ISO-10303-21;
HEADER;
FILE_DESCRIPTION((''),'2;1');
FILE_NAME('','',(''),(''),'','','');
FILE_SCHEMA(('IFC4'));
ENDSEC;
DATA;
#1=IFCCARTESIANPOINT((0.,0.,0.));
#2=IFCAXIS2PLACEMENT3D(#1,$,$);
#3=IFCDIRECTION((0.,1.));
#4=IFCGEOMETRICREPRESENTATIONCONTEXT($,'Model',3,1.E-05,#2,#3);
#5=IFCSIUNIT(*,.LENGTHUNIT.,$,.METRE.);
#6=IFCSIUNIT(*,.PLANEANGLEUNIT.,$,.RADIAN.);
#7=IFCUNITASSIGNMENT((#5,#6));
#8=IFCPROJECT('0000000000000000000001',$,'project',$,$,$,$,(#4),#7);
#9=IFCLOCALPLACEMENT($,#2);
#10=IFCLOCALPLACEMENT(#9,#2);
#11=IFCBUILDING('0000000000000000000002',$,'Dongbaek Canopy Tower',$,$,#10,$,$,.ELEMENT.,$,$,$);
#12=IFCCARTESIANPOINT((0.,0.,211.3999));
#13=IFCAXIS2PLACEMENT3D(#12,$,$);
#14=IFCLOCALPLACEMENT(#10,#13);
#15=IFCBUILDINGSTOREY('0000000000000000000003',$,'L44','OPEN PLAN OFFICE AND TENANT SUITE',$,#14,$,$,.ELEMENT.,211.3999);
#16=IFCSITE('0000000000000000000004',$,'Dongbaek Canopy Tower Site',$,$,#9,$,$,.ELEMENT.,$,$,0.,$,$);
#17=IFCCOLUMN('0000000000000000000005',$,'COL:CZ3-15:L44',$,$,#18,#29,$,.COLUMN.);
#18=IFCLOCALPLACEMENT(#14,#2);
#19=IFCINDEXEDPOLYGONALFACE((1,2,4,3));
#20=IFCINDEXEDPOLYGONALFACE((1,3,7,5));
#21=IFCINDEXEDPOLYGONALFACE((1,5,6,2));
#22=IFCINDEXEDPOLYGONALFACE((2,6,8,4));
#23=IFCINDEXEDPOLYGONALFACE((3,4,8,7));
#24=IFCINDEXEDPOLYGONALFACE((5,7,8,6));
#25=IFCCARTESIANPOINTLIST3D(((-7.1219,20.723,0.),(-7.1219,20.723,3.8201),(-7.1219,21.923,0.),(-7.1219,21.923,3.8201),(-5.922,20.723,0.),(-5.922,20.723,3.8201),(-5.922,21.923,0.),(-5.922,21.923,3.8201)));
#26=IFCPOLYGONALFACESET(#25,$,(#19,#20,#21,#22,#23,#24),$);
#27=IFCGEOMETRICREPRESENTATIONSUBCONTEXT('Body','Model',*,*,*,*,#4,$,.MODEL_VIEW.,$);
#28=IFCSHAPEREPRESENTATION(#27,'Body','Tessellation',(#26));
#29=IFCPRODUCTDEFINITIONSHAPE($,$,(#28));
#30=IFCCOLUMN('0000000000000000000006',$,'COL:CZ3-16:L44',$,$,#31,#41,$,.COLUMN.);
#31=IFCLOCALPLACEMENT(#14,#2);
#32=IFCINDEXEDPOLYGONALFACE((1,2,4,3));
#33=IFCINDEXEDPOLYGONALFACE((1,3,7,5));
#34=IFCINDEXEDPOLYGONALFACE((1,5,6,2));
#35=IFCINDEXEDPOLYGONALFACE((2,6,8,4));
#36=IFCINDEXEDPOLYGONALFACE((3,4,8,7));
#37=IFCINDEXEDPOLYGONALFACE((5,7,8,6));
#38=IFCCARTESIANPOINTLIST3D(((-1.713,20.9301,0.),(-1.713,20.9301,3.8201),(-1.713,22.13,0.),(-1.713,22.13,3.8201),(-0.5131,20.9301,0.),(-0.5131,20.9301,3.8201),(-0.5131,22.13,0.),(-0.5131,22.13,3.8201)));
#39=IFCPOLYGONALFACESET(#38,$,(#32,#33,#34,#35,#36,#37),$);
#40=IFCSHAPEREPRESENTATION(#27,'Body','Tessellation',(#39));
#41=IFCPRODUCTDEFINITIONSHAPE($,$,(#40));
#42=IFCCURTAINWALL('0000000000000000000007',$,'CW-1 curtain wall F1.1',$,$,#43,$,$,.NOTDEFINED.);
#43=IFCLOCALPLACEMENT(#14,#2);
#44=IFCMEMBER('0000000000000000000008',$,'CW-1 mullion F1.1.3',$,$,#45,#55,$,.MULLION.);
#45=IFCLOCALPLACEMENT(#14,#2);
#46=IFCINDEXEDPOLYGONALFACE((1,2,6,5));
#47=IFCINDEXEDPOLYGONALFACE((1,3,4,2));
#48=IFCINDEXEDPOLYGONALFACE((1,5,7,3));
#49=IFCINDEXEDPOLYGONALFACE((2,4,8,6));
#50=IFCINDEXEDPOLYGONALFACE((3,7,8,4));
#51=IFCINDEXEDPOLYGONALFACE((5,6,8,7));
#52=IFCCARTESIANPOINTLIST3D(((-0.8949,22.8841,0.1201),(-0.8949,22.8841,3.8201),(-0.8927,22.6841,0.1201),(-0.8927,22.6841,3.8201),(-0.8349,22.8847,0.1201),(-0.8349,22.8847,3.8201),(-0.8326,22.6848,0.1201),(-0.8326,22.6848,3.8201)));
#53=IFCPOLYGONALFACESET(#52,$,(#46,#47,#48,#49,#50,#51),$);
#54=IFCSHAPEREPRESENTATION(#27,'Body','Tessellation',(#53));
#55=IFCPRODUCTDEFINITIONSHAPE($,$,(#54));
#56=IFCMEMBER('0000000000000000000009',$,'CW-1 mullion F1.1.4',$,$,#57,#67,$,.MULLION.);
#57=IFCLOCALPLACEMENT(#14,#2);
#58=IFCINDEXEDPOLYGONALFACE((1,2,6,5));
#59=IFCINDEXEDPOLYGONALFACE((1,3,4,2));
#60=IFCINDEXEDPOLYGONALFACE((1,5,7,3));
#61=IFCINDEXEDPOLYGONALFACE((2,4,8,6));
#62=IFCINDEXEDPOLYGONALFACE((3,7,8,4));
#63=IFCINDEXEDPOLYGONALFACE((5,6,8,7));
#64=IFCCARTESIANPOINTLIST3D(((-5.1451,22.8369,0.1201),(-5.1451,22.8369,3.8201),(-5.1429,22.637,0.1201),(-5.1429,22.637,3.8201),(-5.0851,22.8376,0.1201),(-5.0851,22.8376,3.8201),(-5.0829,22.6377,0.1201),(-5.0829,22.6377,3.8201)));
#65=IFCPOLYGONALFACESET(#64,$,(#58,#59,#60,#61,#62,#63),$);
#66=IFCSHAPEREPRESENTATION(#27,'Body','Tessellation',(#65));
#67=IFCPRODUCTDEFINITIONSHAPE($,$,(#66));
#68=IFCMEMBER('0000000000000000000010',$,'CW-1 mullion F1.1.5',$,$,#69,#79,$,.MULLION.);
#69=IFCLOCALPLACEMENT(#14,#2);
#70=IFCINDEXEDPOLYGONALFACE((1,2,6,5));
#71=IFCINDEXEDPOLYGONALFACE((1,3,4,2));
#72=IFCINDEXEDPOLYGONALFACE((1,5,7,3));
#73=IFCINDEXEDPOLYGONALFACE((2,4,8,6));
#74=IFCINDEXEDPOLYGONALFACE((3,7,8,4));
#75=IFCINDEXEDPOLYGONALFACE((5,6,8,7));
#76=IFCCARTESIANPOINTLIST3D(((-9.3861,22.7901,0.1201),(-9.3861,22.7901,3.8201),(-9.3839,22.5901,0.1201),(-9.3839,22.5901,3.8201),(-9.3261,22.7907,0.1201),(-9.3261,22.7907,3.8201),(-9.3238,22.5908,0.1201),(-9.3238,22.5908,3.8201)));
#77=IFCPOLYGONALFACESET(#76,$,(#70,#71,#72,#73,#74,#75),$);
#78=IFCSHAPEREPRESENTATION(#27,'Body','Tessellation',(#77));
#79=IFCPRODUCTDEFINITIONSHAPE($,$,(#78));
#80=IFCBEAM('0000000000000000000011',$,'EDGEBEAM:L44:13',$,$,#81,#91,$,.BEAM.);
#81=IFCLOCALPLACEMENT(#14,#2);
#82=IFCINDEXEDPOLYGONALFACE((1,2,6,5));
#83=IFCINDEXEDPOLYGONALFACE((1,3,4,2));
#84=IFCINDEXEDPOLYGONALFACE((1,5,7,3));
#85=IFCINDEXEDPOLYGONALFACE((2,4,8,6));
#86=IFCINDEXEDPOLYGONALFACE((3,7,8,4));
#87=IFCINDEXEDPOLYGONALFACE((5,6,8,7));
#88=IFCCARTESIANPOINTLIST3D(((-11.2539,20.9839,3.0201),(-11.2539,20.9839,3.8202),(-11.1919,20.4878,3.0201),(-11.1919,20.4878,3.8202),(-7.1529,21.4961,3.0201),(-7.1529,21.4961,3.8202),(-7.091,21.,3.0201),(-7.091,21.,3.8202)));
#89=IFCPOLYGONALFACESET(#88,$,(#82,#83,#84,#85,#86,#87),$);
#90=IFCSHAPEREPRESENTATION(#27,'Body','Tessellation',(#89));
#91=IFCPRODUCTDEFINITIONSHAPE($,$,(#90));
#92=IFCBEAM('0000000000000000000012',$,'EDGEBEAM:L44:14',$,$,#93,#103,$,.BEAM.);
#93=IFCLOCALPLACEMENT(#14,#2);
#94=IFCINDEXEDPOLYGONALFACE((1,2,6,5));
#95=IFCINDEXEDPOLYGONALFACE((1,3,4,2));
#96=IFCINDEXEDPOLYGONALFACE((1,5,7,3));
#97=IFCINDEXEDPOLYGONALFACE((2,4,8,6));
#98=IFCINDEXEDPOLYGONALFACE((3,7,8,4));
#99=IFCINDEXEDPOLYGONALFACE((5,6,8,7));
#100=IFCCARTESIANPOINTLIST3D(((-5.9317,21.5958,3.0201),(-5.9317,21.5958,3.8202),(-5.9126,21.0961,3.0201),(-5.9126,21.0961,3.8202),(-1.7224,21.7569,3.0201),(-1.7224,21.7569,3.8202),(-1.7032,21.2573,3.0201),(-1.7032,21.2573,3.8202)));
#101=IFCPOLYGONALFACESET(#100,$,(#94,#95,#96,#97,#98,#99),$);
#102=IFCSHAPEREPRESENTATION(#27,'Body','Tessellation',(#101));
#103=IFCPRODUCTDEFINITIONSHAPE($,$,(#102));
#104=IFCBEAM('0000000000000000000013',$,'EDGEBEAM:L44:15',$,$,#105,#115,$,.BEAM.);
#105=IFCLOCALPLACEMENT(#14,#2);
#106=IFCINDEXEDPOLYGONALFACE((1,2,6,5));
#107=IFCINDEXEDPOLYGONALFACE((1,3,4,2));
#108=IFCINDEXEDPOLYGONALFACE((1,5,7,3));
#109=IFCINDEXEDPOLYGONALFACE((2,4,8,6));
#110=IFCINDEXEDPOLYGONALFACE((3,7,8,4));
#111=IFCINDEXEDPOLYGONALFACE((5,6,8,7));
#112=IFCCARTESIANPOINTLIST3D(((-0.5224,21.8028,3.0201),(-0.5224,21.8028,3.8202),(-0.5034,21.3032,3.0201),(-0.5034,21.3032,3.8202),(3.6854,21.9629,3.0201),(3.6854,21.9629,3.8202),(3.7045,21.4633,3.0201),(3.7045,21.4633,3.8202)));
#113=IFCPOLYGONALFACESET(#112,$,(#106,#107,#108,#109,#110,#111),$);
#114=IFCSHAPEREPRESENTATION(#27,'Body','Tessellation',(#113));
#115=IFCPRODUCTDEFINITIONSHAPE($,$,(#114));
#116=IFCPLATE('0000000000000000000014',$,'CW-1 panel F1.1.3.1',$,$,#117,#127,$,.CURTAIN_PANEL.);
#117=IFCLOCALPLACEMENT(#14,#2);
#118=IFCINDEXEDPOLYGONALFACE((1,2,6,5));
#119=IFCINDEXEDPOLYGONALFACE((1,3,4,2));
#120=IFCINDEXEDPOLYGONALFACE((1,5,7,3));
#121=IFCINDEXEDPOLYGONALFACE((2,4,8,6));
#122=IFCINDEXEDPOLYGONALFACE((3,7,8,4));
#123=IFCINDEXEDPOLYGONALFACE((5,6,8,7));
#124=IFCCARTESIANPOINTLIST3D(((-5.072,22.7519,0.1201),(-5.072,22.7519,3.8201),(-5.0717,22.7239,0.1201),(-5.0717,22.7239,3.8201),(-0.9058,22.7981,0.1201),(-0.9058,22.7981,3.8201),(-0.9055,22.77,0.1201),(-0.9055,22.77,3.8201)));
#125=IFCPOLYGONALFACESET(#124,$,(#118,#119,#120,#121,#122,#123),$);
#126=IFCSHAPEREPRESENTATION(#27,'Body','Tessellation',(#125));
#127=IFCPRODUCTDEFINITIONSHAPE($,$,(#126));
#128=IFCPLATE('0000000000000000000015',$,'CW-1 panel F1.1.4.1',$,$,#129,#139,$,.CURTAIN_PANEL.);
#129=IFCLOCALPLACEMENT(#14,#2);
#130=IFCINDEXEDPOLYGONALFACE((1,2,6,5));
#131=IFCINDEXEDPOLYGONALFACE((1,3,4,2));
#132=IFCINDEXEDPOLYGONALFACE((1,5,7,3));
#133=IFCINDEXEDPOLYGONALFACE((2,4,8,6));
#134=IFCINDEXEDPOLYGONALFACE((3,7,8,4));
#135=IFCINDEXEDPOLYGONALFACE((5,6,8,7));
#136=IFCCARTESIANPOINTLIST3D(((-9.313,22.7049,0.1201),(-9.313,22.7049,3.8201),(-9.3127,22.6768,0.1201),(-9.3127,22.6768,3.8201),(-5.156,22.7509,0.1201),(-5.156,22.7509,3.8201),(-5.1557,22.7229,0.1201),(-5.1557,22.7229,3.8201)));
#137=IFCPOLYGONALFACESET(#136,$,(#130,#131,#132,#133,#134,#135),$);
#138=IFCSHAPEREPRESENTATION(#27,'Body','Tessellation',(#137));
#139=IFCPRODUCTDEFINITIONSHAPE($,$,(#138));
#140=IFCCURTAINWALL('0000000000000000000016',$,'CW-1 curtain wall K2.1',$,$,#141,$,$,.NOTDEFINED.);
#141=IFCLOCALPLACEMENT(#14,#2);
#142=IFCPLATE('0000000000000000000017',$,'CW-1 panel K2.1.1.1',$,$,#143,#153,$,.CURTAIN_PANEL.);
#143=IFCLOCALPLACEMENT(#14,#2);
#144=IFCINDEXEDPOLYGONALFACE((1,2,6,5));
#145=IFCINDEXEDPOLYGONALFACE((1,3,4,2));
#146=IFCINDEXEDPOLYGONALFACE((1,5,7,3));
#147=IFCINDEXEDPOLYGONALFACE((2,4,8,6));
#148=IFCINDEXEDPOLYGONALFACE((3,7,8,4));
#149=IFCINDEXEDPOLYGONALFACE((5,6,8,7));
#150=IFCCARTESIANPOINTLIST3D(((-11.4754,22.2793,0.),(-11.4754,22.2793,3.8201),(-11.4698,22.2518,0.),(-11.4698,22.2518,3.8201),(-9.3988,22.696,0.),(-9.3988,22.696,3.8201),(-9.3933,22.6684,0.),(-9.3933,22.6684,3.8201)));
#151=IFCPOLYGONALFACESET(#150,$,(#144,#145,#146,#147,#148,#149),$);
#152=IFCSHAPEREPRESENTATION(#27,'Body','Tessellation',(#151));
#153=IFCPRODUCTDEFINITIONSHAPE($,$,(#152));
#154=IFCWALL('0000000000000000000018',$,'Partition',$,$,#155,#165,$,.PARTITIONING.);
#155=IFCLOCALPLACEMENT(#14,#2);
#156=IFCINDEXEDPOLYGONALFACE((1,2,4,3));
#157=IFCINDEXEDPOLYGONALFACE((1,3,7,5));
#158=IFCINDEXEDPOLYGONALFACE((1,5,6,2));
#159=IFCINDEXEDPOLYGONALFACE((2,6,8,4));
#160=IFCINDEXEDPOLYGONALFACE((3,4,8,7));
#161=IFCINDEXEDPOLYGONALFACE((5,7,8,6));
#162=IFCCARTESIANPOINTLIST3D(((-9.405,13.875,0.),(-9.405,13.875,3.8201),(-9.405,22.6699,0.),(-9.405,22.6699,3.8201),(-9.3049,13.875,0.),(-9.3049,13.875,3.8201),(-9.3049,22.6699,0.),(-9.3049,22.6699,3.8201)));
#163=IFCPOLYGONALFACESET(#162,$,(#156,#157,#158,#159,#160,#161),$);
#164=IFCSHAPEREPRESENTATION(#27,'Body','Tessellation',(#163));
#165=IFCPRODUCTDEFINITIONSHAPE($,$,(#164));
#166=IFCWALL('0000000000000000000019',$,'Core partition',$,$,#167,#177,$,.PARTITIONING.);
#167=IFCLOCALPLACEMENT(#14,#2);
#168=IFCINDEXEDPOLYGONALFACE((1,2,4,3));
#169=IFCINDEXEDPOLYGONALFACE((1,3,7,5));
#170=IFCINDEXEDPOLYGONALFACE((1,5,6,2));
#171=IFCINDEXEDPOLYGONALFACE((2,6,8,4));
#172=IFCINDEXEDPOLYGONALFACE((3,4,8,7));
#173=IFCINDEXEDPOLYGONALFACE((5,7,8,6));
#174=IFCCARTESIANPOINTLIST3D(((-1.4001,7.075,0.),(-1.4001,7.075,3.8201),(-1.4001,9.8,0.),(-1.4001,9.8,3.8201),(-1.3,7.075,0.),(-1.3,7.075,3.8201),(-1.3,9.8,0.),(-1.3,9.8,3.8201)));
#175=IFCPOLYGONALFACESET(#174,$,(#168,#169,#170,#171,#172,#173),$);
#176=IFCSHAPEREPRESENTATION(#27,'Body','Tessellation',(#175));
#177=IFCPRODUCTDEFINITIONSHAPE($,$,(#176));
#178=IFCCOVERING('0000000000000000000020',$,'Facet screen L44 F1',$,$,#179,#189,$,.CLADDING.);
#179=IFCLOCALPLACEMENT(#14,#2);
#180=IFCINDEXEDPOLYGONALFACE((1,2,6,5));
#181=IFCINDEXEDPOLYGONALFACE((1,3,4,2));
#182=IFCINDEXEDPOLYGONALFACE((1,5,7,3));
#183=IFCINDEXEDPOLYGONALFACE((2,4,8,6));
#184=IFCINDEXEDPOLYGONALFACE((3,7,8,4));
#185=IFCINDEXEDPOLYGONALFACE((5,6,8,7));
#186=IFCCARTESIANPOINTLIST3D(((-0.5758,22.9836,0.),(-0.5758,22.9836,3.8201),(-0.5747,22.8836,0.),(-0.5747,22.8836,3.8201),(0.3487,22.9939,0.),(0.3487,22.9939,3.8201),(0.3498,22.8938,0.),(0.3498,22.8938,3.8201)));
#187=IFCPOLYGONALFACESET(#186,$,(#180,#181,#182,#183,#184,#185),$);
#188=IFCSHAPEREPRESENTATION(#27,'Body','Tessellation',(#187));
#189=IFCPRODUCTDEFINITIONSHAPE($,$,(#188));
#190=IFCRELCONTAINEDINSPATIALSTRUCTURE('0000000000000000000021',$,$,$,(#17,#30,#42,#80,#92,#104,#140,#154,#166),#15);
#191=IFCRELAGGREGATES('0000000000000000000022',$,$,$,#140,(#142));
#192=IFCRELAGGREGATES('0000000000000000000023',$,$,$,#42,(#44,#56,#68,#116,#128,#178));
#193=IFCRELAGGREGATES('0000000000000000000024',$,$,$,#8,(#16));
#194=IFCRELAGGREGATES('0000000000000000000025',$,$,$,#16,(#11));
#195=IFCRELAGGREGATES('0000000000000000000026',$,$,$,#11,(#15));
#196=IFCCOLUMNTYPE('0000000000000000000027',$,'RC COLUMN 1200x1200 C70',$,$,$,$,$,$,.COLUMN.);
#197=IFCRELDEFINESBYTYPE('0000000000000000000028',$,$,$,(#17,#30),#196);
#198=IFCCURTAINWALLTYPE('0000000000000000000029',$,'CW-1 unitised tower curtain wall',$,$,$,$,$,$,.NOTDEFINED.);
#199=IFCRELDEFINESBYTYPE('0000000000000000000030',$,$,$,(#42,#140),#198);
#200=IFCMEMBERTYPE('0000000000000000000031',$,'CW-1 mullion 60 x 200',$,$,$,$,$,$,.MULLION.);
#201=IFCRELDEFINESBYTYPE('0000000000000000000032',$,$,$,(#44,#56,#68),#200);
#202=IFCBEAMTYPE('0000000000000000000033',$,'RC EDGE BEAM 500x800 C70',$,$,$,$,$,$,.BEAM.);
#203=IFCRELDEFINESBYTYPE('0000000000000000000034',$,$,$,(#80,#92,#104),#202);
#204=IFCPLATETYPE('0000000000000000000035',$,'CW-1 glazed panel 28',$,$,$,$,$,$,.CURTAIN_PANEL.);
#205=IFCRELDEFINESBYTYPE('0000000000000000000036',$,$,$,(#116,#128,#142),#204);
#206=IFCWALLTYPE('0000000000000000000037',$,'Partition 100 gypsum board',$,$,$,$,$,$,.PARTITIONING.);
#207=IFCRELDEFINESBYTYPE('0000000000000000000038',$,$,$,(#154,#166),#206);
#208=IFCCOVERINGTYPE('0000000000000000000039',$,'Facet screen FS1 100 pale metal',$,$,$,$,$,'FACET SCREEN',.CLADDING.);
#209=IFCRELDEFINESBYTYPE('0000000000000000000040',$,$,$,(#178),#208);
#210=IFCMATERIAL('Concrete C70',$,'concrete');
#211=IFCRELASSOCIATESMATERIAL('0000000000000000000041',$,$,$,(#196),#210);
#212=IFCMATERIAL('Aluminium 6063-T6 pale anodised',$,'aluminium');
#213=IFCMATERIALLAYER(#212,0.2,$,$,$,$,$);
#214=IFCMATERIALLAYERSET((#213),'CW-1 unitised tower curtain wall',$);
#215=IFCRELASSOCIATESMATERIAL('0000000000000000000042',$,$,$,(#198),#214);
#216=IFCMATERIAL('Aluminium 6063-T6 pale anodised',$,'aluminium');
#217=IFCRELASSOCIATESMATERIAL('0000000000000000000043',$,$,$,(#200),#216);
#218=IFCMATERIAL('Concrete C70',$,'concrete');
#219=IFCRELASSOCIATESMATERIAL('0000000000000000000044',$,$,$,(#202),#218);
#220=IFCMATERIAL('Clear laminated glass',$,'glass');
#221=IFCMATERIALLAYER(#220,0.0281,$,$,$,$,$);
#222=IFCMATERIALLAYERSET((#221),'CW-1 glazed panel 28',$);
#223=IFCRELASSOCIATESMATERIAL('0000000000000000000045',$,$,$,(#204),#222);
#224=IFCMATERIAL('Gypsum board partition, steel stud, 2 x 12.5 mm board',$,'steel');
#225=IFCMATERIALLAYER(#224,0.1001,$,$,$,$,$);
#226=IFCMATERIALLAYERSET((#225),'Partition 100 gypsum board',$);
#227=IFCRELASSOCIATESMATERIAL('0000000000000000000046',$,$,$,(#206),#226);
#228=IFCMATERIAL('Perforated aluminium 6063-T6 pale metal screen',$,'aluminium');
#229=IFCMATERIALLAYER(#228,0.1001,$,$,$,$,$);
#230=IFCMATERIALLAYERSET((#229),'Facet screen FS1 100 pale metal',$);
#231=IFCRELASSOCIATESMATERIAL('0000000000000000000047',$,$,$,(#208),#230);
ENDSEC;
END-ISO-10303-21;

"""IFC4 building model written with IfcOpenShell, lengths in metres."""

from ifc_helpers import new_model, si_unit, direction, frame, frame_2d, origin, origin_2d, place, context, subcontext, project, spatial, rectangle, extrude, material, layer, layer_set, material_profile, profile_set, type_object, element, aggregate, save


model = new_model("IFC4")

# Units and contexts
model_context = context("Model", 3, precision=1e-05, world=origin(), true_north=direction((0.0, 1.0)))
body_context = subcontext(model_context, "Body", "Model", "MODEL_VIEW")
ifc_project = project(units=[si_unit("LENGTHUNIT", "METRE"), si_unit("PLANEANGLEUNIT", "RADIAN")], contexts=[model_context])

# Site, building, storey
site_placement = place(None, origin())
site = spatial("IfcSite", under=ifc_project, at=site_placement, Name="Dongbaek Canopy Tower Site", CompositionType="ELEMENT", RefElevation=0.0)
building_placement = place(site_placement, origin())
building = spatial("IfcBuilding", under=site, at=building_placement, Name="Dongbaek Canopy Tower", CompositionType="ELEMENT")
storey_placement = place(building_placement, frame((0.0, 0.0, 211.3999)))
storey = spatial("IfcBuildingStorey", under=building, at=storey_placement, Name="L44", Description="OPEN PLAN OFFICE AND TENANT SUITE", CompositionType="ELEMENT", Elevation=211.3999)

# Columns
ifc_material_1 = material(Name="Concrete C70", Category="concrete")
ifc_material_profile_1 = material_profile(ifc_material_1, rectangle(XDim=1.2, YDim=1.2, at=origin_2d()), Name="RC COLUMN 1200x1200 C70")
ifc_profile_set_1 = profile_set([ifc_material_profile_1], Name="Concrete C70")
column_type = type_object("IfcColumnType", Name="RC COLUMN 1200x1200 C70", PredefinedType="COLUMN", material=ifc_profile_set_1)
for number, where, z_axis, x_axis, name in (
    (1, (-6.522, 21.323, 0.0), (0.0, 0.0, 1.0), (1.0, 0.0, 0.0), "COL:CZ3-15:L44"),
    (2, (-1.113, 21.53, 0.0), (0.0, 0.0, 1.0), (1.0, 0.0, 0.0), "COL:CZ3-16:L44"),
):
    element("IfcColumn", number, at=place(storey_placement, frame(where, z_axis=z_axis, x_axis=x_axis)), inside=storey, type_object=column_type, Name=name, PredefinedType="COLUMN", context=body_context, shape_type="SweptSolid", body=[
        extrude(rectangle(XDim=1.2, YDim=1.2, at=origin_2d()), origin(), (0.0, 0.0, 1.0), 3.8201),
    ])

# Curtain wall, members
ifc_material_2 = material(Name="Aluminium 6063-T6 pale anodised", Category="aluminium")
ifc_layer_1 = layer(ifc_material_2, 0.2)
ifc_layer_set_1 = layer_set([ifc_layer_1], Name="CW-1 unitised tower curtain wall")
curtain_wall_type = type_object("IfcCurtainWallType", Name="CW-1 unitised tower curtain wall", PredefinedType="NOTDEFINED", material=ifc_layer_set_1)
curtain_wall_1_placement = place(storey_placement, origin())
curtain_wall_1 = element("IfcCurtainWall", 3, at=curtain_wall_1_placement, inside=storey, type_object=curtain_wall_type, Name="CW-1 curtain wall F1.1", PredefinedType="NOTDEFINED")
ifc_material_3 = material(Name="Aluminium 6063-T6 pale anodised", Category="aluminium")
ifc_material_profile_2 = material_profile(ifc_material_3, rectangle(XDim=0.2, YDim=0.0601, at=origin_2d()), Name="CW-1 mullion 60 x 200")
ifc_profile_set_2 = profile_set([ifc_material_profile_2], Name="Aluminium 6063-T6 pale anodised")
member_type = type_object("IfcMemberType", Name="CW-1 mullion 60 x 200", PredefinedType="MULLION", material=ifc_profile_set_2)
member_1_placement = place(storey_placement, frame((-0.8638, 22.7844, 0.1201), z_axis=(0.0, 0.0, 1.0), x_axis=(-0.011085, 0.999939, 0.0)))
member_1 = element("IfcMember", 4, at=member_1_placement, type_object=member_type, Name="CW-1 mullion F1.1.3", PredefinedType="MULLION", context=body_context, shape_type="SweptSolid", body=[
    extrude(rectangle(XDim=0.2, YDim=0.0601, at=origin_2d()), origin(), (0.0, 0.0, 1.0), 3.7),
])
member_2_placement = place(storey_placement, frame((-5.114, 22.7373, 0.1201), z_axis=(0.0, 0.0, 1.0), x_axis=(-0.011085, 0.999939, 0.0)))
member_2 = element("IfcMember", 5, at=member_2_placement, type_object=member_type, Name="CW-1 mullion F1.1.4", PredefinedType="MULLION", context=body_context, shape_type="SweptSolid", body=[
    extrude(rectangle(XDim=0.2, YDim=0.0601, at=origin_2d()), origin(), (0.0, 0.0, 1.0), 3.7),
])
member_3_placement = place(storey_placement, frame((-9.355, 22.6904, 0.1201), z_axis=(0.0, 0.0, 1.0), x_axis=(-0.011085, 0.999939, 0.0)))
member_3 = element("IfcMember", 6, at=member_3_placement, type_object=member_type, Name="CW-1 mullion F1.1.5", PredefinedType="MULLION", context=body_context, shape_type="SweptSolid", body=[
    extrude(rectangle(XDim=0.2, YDim=0.0601, at=origin_2d()), origin(), (0.0, 0.0, 1.0), 3.7),
])

# Beams
ifc_material_4 = material(Name="Concrete C70", Category="concrete")
ifc_material_profile_3 = material_profile(ifc_material_4, rectangle(XDim=0.5, YDim=0.8, at=origin_2d()), Name="RC EDGE BEAM 500x800 C70")
ifc_profile_set_3 = profile_set([ifc_material_profile_3], Name="Concrete C70")
beam_type = type_object("IfcBeamType", Name="RC EDGE BEAM 500x800 C70", PredefinedType="BEAM", material=ifc_profile_set_3)
beam_1_placement = place(storey_placement, frame((-11.2229, 20.7358, 3.4202), z_axis=(0.99229, 0.12394, 0.0), x_axis=(-0.12394, 0.99229, 0.0)))
element("IfcBeam", 7, at=beam_1_placement, inside=storey, type_object=beam_type, Name="EDGEBEAM:L44:13", PredefinedType="BEAM", context=body_context, shape_type="SweptSolid", body=[
    extrude(rectangle(XDim=0.5, YDim=0.8, at=origin_2d()), origin(), (0.0, 0.0, 1.0), 4.1328),
])
beam_2_placement = place(storey_placement, frame((-5.9221, 21.3459, 3.4202), z_axis=(0.999268, 0.038253, 0.0), x_axis=(-0.038253, 0.999268, 0.0)))
element("IfcBeam", 8, at=beam_2_placement, inside=storey, type_object=beam_type, Name="EDGEBEAM:L44:14", PredefinedType="BEAM", context=body_context, shape_type="SweptSolid", body=[
    extrude(rectangle(XDim=0.5, YDim=0.8, at=origin_2d()), origin(), (0.0, 0.0, 1.0), 4.2124),
])
beam_3_placement = place(storey_placement, frame((-0.5129, 21.553, 3.4202), z_axis=(0.999277, 0.038032, 0.0), x_axis=(-0.038032, 0.999277, 0.0)))
element("IfcBeam", 9, at=beam_3_placement, inside=storey, type_object=beam_type, Name="EDGEBEAM:L44:15", PredefinedType="BEAM", context=body_context, shape_type="SweptSolid", body=[
    extrude(rectangle(XDim=0.5, YDim=0.8, at=origin_2d()), origin(), (0.0, 0.0, 1.0), 4.2109),
])

# Plates
ifc_material_5 = material(Name="Clear laminated glass", Category="glass")
ifc_layer_2 = layer(ifc_material_5, 0.0281)
ifc_layer_set_2 = layer_set([ifc_layer_2], Name="CW-1 glazed panel 28")
plate_type = type_object("IfcPlateType", Name="CW-1 glazed panel 28", PredefinedType="CURTAIN_PANEL", material=ifc_layer_set_2)
plate_1_placement = place(storey_placement, frame((-2.9888, 22.761, 0.1201), z_axis=(0.0, 0.0, 1.0), x_axis=(-0.999939, -0.011085, 0.0)))
plate_1 = element("IfcPlate", 10, at=plate_1_placement, type_object=plate_type, Name="CW-1 panel F1.1.3.1", PredefinedType="CURTAIN_PANEL", context=body_context, shape_type="SweptSolid", body=[
    extrude(rectangle(XDim=4.1665, YDim=0.0281, at=origin_2d()), origin(), (0.0, 0.0, 1.0), 3.7),
])
plate_2_placement = place(storey_placement, frame((-7.2344, 22.7139, 0.1201), z_axis=(0.0, 0.0, 1.0), x_axis=(-0.999939, -0.011085, 0.0)))
plate_2 = element("IfcPlate", 11, at=plate_2_placement, type_object=plate_type, Name="CW-1 panel F1.1.4.1", PredefinedType="CURTAIN_PANEL", context=body_context, shape_type="SweptSolid", body=[
    extrude(rectangle(XDim=4.1572, YDim=0.0281, at=origin_2d()), origin(), (0.0, 0.0, 1.0), 3.7),
])

# Curtain wall, plate
curtain_wall_2_placement = place(storey_placement, origin())
curtain_wall_2 = element("IfcCurtainWall", 12, at=curtain_wall_2_placement, inside=storey, type_object=curtain_wall_type, Name="CW-1 curtain wall K2.1", PredefinedType="NOTDEFINED")
plate_3_placement = place(storey_placement, frame((-10.4343, 22.4739, 0.0), z_axis=(0.0, 0.0, 1.0), x_axis=(-0.980456, -0.196736, 0.0)))
plate_3 = element("IfcPlate", 13, at=plate_3_placement, type_object=plate_type, Name="CW-1 panel K2.1.1.1", PredefinedType="CURTAIN_PANEL", context=body_context, shape_type="SweptSolid", body=[
    extrude(rectangle(XDim=2.1179, YDim=0.0281, at=origin_2d()), origin(), (0.0, 0.0, 1.0), 3.8201),
])
aggregate(curtain_wall_2, [plate_3])

# Walls
ifc_material_6 = material(Name="Gypsum board partition, steel stud, 2 x 12.5 mm board", Category="steel")
ifc_layer_3 = layer(ifc_material_6, 0.1001)
ifc_layer_set_3 = layer_set([ifc_layer_3], Name="Partition 100 gypsum board")
wall_type = type_object("IfcWallType", Name="Partition 100 gypsum board", PredefinedType="PARTITIONING", material=ifc_layer_set_3)
wall_1_placement = place(storey_placement, frame((-9.355, 13.875, 0.0), z_axis=(0.0, 0.0, 1.0), x_axis=(0.0, 1.0, 0.0)))
element("IfcWall", 14, at=wall_1_placement, inside=storey, type_object=wall_type, Name="Partition", PredefinedType="PARTITIONING", context=body_context, shape_type="SweptSolid", body=[
    extrude(rectangle(XDim=8.7949, YDim=0.1001, at=frame_2d((4.3975, 0.0))), origin(), (0.0, 0.0, 1.0), 3.8201),
])
wall_2_placement = place(storey_placement, frame((-1.3501, 7.075, 0.0), z_axis=(0.0, 0.0, 1.0), x_axis=(0.0, 1.0, 0.0)))
element("IfcWall", 15, at=wall_2_placement, inside=storey, type_object=wall_type, Name="Core partition", PredefinedType="PARTITIONING", context=body_context, shape_type="SweptSolid", body=[
    extrude(rectangle(XDim=2.7251, YDim=0.1001, at=frame_2d((1.3625, 0.0))), origin(), (0.0, 0.0, 1.0), 3.8201),
])

# Covering
ifc_material_7 = material(Name="Perforated aluminium 6063-T6 pale metal screen", Category="aluminium")
ifc_layer_4 = layer(ifc_material_7, 0.1001)
ifc_layer_set_4 = layer_set([ifc_layer_4], Name="Facet screen FS1 100 pale metal")
covering_type_1 = type_object("IfcCoveringType", Name="Facet screen FS1 100 pale metal", ElementType="FACET SCREEN", PredefinedType="CLADDING", material=ifc_layer_set_4)
covering_1_placement = place(storey_placement, frame((-0.113, 22.9387, 0.0), z_axis=(0.0, 0.0, 1.0), x_axis=(-0.999939, -0.011084, 0.0)))
covering_1 = element("IfcCovering", 16, at=covering_1_placement, type_object=covering_type_1, Name="Facet screen L44 F1", PredefinedType="CLADDING", context=body_context, shape_type="SweptSolid", body=[
    extrude(rectangle(XDim=0.9246, YDim=0.1001, at=origin_2d()), origin(), (0.0, 0.0, 1.0), 3.8201),
])
aggregate(curtain_wall_1, [member_1, member_2, member_3, plate_1, plate_2, covering_1])

save(model, "model.ifc")
